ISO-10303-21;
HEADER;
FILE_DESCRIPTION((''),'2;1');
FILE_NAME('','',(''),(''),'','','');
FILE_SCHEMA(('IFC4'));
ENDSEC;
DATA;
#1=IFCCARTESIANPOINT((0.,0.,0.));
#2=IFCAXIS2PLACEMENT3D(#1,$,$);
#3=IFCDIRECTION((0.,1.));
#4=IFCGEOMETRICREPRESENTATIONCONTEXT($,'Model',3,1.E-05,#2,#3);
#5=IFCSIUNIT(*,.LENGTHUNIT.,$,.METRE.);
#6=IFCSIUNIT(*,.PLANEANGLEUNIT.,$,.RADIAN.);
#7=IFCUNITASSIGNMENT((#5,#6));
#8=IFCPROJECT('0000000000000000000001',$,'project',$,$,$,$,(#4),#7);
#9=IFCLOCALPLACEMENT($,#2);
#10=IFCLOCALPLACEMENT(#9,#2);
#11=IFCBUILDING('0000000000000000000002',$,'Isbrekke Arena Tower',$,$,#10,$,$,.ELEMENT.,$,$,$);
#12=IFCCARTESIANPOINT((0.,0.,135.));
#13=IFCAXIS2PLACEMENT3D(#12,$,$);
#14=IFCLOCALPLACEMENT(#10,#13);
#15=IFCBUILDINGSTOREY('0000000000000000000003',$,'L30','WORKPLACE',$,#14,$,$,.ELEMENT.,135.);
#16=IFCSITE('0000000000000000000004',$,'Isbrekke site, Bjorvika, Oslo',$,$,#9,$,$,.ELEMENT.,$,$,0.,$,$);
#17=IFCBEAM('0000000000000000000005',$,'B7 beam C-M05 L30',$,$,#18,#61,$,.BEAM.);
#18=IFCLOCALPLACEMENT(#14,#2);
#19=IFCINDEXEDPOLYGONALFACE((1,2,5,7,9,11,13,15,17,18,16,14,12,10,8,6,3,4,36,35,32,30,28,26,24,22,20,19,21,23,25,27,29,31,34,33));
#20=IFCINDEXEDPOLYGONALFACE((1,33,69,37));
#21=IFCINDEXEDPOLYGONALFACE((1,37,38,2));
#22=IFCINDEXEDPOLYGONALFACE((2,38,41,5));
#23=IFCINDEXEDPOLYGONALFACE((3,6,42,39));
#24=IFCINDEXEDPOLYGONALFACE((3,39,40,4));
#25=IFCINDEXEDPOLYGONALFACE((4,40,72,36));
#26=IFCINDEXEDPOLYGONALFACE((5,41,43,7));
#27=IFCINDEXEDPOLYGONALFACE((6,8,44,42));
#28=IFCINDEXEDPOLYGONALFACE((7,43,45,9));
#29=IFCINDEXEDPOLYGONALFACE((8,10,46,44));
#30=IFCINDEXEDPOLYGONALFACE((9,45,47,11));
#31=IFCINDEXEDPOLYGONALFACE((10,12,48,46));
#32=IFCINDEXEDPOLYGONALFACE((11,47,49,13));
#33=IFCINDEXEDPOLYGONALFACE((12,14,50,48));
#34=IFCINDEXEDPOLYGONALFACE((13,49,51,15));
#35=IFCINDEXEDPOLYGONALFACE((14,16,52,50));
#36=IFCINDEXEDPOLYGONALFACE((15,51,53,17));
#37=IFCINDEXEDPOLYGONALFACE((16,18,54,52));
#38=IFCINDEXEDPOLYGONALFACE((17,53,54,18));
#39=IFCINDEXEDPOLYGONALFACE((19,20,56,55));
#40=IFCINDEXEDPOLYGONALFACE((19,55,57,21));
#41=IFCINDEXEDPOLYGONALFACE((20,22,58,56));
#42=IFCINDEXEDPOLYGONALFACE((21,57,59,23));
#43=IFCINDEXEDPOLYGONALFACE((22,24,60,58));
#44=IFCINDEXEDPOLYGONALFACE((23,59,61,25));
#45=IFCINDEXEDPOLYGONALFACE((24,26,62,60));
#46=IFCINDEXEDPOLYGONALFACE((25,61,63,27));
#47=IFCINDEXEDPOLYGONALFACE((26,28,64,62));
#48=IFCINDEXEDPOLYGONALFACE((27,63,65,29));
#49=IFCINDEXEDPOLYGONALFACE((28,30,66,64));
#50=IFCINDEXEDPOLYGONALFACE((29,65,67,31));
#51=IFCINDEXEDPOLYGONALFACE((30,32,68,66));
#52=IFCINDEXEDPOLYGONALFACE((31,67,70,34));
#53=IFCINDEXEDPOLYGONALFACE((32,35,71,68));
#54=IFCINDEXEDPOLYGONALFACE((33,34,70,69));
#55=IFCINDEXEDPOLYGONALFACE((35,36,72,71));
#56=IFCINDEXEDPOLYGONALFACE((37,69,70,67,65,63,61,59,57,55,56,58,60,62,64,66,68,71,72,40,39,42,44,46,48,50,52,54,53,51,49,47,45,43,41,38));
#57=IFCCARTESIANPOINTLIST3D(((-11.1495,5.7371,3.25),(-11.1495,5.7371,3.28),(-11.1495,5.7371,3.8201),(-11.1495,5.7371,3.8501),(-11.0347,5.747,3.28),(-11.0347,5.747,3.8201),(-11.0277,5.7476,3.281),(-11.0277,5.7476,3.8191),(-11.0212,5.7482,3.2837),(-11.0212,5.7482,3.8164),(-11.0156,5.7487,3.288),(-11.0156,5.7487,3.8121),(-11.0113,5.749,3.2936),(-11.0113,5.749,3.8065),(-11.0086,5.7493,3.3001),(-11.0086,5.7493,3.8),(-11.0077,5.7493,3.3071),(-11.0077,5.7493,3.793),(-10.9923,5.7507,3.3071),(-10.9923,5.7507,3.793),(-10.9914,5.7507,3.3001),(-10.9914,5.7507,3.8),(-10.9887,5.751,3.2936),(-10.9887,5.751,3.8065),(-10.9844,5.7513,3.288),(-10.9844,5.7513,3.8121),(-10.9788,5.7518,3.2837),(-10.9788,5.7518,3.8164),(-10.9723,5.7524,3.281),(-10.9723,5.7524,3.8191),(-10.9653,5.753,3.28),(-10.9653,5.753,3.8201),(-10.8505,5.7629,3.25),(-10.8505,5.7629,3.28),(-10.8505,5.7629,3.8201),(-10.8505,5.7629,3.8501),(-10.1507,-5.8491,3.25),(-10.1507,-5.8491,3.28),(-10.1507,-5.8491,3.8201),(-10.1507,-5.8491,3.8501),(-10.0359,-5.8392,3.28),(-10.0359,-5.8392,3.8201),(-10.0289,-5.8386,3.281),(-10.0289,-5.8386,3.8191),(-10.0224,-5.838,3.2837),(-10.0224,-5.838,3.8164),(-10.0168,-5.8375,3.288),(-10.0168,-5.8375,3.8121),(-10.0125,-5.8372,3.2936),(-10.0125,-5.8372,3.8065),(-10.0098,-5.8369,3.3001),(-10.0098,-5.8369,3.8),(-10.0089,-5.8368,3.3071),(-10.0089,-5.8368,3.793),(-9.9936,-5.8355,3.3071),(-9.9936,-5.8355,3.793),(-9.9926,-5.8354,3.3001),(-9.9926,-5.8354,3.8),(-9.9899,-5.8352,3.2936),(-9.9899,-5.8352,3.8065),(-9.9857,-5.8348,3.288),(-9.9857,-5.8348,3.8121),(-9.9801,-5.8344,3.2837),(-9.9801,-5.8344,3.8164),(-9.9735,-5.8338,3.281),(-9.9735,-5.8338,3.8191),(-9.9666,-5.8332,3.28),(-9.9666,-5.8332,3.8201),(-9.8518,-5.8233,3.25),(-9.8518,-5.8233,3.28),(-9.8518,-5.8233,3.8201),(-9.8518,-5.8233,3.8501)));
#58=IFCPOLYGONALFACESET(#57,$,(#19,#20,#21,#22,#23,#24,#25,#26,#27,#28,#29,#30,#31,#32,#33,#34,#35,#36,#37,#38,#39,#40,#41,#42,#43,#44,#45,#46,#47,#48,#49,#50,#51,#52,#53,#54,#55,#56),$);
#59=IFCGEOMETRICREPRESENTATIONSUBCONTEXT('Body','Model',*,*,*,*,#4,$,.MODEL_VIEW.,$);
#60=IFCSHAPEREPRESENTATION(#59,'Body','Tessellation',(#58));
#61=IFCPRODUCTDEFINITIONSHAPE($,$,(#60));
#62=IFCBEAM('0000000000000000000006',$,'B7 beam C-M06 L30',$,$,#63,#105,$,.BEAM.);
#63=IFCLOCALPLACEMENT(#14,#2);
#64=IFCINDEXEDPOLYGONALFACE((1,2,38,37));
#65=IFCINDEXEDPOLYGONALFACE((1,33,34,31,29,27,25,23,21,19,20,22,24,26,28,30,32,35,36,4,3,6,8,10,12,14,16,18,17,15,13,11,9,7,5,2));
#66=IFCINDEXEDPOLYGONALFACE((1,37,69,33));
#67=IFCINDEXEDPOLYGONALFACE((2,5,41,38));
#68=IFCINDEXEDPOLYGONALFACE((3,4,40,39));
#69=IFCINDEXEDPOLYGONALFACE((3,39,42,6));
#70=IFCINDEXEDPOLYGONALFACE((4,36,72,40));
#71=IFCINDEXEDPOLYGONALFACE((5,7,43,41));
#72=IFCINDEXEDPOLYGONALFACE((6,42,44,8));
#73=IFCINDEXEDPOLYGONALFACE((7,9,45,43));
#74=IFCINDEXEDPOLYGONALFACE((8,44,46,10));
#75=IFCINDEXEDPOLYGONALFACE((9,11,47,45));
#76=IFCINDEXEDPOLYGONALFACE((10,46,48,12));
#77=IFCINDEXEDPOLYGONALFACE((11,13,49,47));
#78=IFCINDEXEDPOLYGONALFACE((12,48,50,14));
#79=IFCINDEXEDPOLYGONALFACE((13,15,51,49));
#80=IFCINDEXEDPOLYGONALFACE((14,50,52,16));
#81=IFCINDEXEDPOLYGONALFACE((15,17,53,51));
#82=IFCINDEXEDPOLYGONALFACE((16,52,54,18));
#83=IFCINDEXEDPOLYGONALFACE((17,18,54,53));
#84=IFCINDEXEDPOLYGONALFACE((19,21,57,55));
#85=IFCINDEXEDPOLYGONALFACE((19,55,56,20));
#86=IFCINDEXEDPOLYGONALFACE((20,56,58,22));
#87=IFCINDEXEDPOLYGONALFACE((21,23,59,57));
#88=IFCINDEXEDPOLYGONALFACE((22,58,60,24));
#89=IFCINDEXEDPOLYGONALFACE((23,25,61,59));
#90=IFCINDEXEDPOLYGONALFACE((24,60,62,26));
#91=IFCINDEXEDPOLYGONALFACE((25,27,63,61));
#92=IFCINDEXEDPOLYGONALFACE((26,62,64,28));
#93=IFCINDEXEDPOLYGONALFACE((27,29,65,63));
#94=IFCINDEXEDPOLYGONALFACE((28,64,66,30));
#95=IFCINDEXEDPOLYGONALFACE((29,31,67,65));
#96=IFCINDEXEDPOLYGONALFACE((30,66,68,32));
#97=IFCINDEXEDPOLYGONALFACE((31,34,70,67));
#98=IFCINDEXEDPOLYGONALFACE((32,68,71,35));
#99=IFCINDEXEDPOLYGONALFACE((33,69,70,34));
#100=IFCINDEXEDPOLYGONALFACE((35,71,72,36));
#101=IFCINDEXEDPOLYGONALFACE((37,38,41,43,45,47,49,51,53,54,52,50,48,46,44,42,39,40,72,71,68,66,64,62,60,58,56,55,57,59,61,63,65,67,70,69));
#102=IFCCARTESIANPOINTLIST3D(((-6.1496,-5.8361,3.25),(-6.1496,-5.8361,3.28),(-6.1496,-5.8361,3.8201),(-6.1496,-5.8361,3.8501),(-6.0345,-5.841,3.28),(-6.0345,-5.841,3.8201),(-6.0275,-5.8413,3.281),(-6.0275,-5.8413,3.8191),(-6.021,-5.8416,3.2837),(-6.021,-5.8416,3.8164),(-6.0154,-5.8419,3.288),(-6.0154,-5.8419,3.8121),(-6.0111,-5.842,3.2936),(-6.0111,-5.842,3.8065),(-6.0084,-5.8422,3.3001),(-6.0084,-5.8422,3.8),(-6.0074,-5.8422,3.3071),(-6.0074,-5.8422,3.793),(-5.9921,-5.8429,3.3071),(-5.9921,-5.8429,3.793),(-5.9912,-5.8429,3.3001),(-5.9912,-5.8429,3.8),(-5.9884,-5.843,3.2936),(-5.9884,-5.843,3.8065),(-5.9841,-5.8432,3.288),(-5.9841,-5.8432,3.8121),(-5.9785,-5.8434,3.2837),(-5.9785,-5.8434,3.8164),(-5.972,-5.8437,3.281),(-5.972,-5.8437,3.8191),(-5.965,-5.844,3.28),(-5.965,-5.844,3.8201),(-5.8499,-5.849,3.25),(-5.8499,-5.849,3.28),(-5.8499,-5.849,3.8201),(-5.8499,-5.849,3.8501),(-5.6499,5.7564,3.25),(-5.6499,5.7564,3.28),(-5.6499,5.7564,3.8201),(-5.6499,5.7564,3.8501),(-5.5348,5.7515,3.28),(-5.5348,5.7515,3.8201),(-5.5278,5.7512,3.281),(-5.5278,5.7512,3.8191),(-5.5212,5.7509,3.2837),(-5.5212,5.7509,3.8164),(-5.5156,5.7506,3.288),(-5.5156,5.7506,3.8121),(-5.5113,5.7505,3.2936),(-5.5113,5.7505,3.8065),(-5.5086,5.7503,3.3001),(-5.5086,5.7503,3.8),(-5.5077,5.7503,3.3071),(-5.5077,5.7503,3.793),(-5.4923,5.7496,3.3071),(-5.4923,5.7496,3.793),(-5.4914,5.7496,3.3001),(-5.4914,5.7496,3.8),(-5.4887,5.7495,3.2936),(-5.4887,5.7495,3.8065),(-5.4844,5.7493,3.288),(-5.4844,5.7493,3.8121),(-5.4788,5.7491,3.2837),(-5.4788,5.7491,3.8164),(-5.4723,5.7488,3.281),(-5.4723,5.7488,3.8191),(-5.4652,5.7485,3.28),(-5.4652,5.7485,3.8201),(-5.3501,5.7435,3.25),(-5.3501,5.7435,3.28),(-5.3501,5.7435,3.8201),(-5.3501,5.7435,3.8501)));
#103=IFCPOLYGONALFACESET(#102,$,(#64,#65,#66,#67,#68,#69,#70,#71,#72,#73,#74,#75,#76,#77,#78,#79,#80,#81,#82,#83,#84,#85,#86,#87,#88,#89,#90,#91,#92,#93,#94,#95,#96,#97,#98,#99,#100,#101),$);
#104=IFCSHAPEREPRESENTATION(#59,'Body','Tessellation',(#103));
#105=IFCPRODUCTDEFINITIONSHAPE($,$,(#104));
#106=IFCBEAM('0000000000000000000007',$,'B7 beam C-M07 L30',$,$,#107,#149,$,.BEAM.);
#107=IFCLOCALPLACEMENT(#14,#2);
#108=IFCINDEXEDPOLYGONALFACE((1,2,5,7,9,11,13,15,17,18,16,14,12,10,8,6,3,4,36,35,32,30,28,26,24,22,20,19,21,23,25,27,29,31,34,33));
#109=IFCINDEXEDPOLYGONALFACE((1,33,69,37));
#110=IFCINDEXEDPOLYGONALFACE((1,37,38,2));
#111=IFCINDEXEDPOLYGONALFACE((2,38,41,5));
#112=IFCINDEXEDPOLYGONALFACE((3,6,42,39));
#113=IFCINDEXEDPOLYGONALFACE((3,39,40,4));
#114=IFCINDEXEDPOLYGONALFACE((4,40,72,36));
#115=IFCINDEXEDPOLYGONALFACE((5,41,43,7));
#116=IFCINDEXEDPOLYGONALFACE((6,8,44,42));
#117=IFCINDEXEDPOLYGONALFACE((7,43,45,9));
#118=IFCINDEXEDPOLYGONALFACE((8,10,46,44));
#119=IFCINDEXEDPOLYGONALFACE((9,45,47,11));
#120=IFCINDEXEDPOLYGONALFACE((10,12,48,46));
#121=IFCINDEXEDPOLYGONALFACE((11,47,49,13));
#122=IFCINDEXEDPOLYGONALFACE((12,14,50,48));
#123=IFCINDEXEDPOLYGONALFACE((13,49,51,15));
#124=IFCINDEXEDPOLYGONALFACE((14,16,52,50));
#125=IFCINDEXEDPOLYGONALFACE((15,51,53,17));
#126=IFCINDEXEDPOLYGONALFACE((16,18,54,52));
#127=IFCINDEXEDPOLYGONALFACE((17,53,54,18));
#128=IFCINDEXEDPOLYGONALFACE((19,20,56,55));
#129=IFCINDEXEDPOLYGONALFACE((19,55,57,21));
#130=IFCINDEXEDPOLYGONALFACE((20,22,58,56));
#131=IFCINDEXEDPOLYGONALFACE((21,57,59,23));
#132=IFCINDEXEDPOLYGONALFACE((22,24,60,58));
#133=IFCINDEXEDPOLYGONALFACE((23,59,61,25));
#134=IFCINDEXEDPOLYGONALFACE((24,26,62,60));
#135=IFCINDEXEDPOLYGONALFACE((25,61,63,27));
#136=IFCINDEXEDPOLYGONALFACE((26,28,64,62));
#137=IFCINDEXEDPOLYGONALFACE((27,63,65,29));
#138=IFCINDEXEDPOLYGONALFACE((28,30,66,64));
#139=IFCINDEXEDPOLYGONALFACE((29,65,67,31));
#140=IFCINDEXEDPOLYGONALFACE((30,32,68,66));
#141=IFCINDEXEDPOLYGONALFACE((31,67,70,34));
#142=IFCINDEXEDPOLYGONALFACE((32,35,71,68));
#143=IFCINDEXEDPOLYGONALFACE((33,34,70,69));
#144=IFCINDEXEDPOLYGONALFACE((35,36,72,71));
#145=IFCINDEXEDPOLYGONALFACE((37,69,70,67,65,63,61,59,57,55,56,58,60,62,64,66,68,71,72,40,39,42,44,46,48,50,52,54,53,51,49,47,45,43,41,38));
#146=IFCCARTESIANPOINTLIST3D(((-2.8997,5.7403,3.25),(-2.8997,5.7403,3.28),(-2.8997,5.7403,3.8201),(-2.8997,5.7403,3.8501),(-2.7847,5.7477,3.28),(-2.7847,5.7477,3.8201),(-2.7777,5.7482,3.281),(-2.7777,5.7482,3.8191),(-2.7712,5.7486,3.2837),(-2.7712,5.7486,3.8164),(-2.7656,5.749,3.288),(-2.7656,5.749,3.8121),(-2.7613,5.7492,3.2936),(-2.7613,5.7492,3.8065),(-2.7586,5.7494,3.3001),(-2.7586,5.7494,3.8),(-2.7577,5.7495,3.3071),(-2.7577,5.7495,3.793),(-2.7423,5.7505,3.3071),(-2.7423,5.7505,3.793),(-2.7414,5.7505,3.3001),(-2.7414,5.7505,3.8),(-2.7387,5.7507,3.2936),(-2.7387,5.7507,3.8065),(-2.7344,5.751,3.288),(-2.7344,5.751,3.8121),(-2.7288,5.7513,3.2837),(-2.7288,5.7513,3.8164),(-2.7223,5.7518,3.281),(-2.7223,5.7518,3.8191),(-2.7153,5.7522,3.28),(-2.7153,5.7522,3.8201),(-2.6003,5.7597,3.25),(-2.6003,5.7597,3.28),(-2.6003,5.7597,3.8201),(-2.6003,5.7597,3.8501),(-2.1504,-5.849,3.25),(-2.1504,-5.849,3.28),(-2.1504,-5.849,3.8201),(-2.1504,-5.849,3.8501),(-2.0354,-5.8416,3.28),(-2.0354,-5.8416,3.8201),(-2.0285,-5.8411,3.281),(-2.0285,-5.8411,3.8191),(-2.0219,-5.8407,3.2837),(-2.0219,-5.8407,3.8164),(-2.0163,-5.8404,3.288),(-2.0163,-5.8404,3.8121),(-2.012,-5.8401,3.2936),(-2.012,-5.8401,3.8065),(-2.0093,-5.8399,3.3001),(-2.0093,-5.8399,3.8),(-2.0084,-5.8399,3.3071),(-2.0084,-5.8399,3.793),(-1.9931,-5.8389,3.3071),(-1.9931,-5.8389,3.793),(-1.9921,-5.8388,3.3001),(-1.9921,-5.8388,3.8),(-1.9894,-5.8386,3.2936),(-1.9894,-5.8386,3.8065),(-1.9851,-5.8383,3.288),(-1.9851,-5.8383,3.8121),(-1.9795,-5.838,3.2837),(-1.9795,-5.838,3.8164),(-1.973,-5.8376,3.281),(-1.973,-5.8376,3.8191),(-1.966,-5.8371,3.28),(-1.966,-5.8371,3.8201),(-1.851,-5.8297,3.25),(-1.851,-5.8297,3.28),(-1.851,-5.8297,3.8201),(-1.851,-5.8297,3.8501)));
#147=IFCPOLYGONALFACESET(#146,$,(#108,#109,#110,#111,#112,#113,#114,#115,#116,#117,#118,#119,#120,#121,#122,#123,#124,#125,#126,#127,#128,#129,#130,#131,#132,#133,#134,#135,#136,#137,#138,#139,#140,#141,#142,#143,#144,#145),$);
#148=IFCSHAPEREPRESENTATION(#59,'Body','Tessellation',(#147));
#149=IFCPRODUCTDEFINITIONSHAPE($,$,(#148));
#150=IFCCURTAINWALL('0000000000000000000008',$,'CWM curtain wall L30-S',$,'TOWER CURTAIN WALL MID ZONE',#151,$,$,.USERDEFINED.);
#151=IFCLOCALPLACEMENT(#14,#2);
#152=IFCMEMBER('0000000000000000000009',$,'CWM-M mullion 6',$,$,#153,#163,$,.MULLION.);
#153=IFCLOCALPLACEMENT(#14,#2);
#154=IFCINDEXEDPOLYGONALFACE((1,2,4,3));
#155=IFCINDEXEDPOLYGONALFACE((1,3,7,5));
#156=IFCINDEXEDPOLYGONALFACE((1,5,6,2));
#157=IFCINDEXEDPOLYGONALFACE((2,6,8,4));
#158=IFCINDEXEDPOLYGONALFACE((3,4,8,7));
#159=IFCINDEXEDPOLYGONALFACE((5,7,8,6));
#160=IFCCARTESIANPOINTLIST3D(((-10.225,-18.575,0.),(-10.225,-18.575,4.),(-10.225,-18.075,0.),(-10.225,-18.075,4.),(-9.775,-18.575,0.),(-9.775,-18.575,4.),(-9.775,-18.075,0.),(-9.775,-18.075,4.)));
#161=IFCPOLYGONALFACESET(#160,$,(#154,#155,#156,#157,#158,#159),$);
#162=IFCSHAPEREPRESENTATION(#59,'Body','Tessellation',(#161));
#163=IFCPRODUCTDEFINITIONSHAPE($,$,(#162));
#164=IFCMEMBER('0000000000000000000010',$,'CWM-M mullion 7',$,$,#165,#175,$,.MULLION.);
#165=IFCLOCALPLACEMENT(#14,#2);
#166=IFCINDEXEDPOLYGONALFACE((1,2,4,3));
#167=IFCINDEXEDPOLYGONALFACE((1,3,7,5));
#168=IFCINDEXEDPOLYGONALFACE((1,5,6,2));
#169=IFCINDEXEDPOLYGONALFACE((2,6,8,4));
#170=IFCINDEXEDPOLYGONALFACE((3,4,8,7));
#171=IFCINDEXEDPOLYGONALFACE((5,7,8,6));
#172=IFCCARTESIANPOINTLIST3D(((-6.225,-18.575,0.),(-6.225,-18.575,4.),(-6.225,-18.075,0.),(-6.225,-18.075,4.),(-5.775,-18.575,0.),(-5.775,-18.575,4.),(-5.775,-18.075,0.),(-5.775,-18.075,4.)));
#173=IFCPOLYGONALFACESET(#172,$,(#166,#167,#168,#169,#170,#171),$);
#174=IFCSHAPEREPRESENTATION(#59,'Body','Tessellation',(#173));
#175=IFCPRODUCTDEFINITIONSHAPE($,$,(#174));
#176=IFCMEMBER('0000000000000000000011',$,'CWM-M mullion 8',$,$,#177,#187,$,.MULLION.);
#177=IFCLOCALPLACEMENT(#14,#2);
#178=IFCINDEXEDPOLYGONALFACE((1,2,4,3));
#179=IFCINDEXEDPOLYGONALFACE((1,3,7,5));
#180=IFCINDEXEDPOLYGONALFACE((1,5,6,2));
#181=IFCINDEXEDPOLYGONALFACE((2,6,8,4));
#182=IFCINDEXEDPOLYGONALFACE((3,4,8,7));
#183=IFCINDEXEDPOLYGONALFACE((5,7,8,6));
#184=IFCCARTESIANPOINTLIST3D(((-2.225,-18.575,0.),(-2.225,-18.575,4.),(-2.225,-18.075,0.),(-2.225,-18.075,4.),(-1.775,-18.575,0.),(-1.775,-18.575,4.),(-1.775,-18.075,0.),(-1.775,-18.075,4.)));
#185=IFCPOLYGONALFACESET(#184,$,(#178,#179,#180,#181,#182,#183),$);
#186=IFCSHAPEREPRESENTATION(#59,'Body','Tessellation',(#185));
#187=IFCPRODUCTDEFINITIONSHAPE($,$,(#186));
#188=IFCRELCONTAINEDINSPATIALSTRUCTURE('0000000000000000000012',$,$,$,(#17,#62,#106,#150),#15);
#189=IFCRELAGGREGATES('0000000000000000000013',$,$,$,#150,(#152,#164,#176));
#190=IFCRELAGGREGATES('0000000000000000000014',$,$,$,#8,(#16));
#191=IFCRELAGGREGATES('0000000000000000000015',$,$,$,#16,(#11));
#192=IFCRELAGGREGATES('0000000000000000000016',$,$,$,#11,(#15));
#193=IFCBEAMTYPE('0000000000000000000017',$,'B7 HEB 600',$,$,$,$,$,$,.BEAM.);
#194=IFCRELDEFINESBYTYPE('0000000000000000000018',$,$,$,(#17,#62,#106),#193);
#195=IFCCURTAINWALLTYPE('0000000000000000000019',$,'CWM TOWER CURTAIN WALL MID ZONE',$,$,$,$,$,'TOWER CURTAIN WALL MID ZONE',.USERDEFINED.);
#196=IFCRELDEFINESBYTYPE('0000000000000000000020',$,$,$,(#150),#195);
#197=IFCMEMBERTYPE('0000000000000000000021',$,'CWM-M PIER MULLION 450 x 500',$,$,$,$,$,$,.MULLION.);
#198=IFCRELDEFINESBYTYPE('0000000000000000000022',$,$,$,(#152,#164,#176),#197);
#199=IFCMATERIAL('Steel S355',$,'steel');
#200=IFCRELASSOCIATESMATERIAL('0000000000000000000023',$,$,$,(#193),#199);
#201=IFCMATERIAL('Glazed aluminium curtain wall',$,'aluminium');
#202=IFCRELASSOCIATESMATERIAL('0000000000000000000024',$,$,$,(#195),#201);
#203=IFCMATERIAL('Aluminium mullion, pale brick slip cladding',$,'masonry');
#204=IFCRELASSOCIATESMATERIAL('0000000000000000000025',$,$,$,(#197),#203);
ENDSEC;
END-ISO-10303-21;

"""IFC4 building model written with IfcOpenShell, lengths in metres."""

from ifc_helpers import new_model, si_unit, direction, frame, origin, origin_2d, place, context, subcontext, project, spatial, rectangle, i_section, extrude, material, material_profile, profile_set, type_object, element, aggregate, save


model = new_model("IFC4")

# Units and contexts
model_context = context("Model", 3, precision=1e-05, world=origin(), true_north=direction((0.0, 1.0)))
body_context = subcontext(model_context, "Body", "Model", "MODEL_VIEW")
ifc_project = project(units=[si_unit("LENGTHUNIT", "METRE"), si_unit("PLANEANGLEUNIT", "RADIAN")], contexts=[model_context])

# Site, building, storey
site_placement = place(None, origin())
site = spatial("IfcSite", under=ifc_project, at=site_placement, Name="Isbrekke site, Bjorvika, Oslo", CompositionType="ELEMENT", RefElevation=0.0)
building_placement = place(site_placement, origin())
building = spatial("IfcBuilding", under=site, at=building_placement, Name="Isbrekke Arena Tower", CompositionType="ELEMENT")
storey_placement = place(building_placement, frame((0.0, 0.0, 135.0)))
storey = spatial("IfcBuildingStorey", under=building, at=storey_placement, Name="L30", Description="WORKPLACE", CompositionType="ELEMENT", Elevation=135.0)

# Beams
ifc_material_1 = material(Name="Steel S355", Category="steel")
ifc_material_profile_1 = material_profile(ifc_material_1, i_section(OverallWidth=0.3, OverallDepth=0.6001, WebThickness=0.0154, FlangeThickness=0.03, FilletRadius=0.0271, at=origin_2d()), Name="HEB 600")
ifc_profile_set_1 = profile_set([ifc_material_profile_1], Name="Steel S355")
beam_type_1 = type_object("IfcBeamType", Name="B7 HEB 600", PredefinedType="BEAM", material=ifc_profile_set_1)
beam_1_placement = place(storey_placement, frame((-10.0012, -5.8362, 3.55), z_axis=(-0.085886, 0.996305, 0.0), x_axis=(-0.996305, -0.085886, 0.0)))
element("IfcBeam", 1, at=beam_1_placement, inside=storey, type_object=beam_type_1, Name="B7 beam C-M05 L30", PredefinedType="BEAM", context=body_context, shape_type="SweptSolid", body=[
    extrude(i_section(OverallWidth=0.3, OverallDepth=0.6001, WebThickness=0.0154, FlangeThickness=0.03, FilletRadius=0.0271, at=origin_2d()), origin(), (0.0, 0.0, 1.0), 11.6292),
])
beam_2_placement = place(storey_placement, frame((-5.9998, -5.8425, 3.55), z_axis=(0.04307, 0.999072, 0.0), x_axis=(-0.999072, 0.04307, 0.0)))
element("IfcBeam", 2, at=beam_2_placement, inside=storey, type_object=beam_type_1, Name="B7 beam C-M06 L30", PredefinedType="BEAM", context=body_context, shape_type="SweptSolid", body=[
    extrude(i_section(OverallWidth=0.3, OverallDepth=0.6001, WebThickness=0.0154, FlangeThickness=0.03, FilletRadius=0.0271, at=origin_2d()), origin(), (0.0, 0.0, 1.0), 11.6033),
])
beam_3_placement = place(storey_placement, frame((-2.0007, -5.8394, 3.55), z_axis=(-0.064517, 0.997917, 0.0), x_axis=(-0.997917, -0.064517, 0.0)))
element("IfcBeam", 3, at=beam_3_placement, inside=storey, type_object=beam_type_1, Name="B7 beam C-M07 L30", PredefinedType="BEAM", context=body_context, shape_type="SweptSolid", body=[
    extrude(i_section(OverallWidth=0.3, OverallDepth=0.6001, WebThickness=0.0154, FlangeThickness=0.03, FilletRadius=0.0271, at=origin_2d()), origin(), (0.0, 0.0, 1.0), 11.6135),
])

# Curtain wall, members
ifc_material_2 = material(Name="Glazed aluminium curtain wall", Category="aluminium")
curtain_wall_type = type_object("IfcCurtainWallType", Name="CWM TOWER CURTAIN WALL MID ZONE", ElementType="TOWER CURTAIN WALL MID ZONE", PredefinedType="USERDEFINED", material=ifc_material_2)
curtain_wall_placement = place(storey_placement, origin())
curtain_wall = element("IfcCurtainWall", 4, at=curtain_wall_placement, inside=storey, type_object=curtain_wall_type, Name="CWM curtain wall L30-S", ObjectType="TOWER CURTAIN WALL MID ZONE", PredefinedType="USERDEFINED")
ifc_material_3 = material(Name="Aluminium mullion, pale brick slip cladding", Category="masonry")
ifc_material_profile_2 = material_profile(ifc_material_3, rectangle(XDim=0.45, YDim=0.5, at=origin_2d()), Name="PIER 450X500")
ifc_profile_set_2 = profile_set([ifc_material_profile_2], Name="Aluminium mullion, pale brick slip cladding")
member_type_1 = type_object("IfcMemberType", Name="CWM-M PIER MULLION 450 x 500", PredefinedType="MULLION", material=ifc_profile_set_2)
member_1_placement = place(storey_placement, frame((-10.0, -18.325, 0.0), z_axis=(0.0, 0.0, 1.0), x_axis=(1.0, 0.0, 0.0)))
member_1 = element("IfcMember", 5, at=member_1_placement, type_object=member_type_1, Name="CWM-M mullion 6", PredefinedType="MULLION", context=body_context, shape_type="SweptSolid", body=[
    extrude(rectangle(XDim=0.45, YDim=0.5, at=origin_2d()), origin(), (0.0, 0.0, 1.0), 4.0),
])
member_2_placement = place(storey_placement, frame((-6.0, -18.325, 0.0), z_axis=(0.0, 0.0, 1.0), x_axis=(1.0, 0.0, 0.0)))
member_2 = element("IfcMember", 6, at=member_2_placement, type_object=member_type_1, Name="CWM-M mullion 7", PredefinedType="MULLION", context=body_context, shape_type="SweptSolid", body=[
    extrude(rectangle(XDim=0.45, YDim=0.5, at=origin_2d()), origin(), (0.0, 0.0, 1.0), 4.0),
])
member_3_placement = place(storey_placement, frame((-2.0, -18.325, 0.0), z_axis=(0.0, 0.0, 1.0), x_axis=(1.0, 0.0, 0.0)))
member_3 = element("IfcMember", 7, at=member_3_placement, type_object=member_type_1, Name="CWM-M mullion 8", PredefinedType="MULLION", context=body_context, shape_type="SweptSolid", body=[
    extrude(rectangle(XDim=0.45, YDim=0.5, at=origin_2d()), origin(), (0.0, 0.0, 1.0), 4.0),
])

aggregate(curtain_wall, [member_1, member_2, member_3])

save(model, "model.ifc")
